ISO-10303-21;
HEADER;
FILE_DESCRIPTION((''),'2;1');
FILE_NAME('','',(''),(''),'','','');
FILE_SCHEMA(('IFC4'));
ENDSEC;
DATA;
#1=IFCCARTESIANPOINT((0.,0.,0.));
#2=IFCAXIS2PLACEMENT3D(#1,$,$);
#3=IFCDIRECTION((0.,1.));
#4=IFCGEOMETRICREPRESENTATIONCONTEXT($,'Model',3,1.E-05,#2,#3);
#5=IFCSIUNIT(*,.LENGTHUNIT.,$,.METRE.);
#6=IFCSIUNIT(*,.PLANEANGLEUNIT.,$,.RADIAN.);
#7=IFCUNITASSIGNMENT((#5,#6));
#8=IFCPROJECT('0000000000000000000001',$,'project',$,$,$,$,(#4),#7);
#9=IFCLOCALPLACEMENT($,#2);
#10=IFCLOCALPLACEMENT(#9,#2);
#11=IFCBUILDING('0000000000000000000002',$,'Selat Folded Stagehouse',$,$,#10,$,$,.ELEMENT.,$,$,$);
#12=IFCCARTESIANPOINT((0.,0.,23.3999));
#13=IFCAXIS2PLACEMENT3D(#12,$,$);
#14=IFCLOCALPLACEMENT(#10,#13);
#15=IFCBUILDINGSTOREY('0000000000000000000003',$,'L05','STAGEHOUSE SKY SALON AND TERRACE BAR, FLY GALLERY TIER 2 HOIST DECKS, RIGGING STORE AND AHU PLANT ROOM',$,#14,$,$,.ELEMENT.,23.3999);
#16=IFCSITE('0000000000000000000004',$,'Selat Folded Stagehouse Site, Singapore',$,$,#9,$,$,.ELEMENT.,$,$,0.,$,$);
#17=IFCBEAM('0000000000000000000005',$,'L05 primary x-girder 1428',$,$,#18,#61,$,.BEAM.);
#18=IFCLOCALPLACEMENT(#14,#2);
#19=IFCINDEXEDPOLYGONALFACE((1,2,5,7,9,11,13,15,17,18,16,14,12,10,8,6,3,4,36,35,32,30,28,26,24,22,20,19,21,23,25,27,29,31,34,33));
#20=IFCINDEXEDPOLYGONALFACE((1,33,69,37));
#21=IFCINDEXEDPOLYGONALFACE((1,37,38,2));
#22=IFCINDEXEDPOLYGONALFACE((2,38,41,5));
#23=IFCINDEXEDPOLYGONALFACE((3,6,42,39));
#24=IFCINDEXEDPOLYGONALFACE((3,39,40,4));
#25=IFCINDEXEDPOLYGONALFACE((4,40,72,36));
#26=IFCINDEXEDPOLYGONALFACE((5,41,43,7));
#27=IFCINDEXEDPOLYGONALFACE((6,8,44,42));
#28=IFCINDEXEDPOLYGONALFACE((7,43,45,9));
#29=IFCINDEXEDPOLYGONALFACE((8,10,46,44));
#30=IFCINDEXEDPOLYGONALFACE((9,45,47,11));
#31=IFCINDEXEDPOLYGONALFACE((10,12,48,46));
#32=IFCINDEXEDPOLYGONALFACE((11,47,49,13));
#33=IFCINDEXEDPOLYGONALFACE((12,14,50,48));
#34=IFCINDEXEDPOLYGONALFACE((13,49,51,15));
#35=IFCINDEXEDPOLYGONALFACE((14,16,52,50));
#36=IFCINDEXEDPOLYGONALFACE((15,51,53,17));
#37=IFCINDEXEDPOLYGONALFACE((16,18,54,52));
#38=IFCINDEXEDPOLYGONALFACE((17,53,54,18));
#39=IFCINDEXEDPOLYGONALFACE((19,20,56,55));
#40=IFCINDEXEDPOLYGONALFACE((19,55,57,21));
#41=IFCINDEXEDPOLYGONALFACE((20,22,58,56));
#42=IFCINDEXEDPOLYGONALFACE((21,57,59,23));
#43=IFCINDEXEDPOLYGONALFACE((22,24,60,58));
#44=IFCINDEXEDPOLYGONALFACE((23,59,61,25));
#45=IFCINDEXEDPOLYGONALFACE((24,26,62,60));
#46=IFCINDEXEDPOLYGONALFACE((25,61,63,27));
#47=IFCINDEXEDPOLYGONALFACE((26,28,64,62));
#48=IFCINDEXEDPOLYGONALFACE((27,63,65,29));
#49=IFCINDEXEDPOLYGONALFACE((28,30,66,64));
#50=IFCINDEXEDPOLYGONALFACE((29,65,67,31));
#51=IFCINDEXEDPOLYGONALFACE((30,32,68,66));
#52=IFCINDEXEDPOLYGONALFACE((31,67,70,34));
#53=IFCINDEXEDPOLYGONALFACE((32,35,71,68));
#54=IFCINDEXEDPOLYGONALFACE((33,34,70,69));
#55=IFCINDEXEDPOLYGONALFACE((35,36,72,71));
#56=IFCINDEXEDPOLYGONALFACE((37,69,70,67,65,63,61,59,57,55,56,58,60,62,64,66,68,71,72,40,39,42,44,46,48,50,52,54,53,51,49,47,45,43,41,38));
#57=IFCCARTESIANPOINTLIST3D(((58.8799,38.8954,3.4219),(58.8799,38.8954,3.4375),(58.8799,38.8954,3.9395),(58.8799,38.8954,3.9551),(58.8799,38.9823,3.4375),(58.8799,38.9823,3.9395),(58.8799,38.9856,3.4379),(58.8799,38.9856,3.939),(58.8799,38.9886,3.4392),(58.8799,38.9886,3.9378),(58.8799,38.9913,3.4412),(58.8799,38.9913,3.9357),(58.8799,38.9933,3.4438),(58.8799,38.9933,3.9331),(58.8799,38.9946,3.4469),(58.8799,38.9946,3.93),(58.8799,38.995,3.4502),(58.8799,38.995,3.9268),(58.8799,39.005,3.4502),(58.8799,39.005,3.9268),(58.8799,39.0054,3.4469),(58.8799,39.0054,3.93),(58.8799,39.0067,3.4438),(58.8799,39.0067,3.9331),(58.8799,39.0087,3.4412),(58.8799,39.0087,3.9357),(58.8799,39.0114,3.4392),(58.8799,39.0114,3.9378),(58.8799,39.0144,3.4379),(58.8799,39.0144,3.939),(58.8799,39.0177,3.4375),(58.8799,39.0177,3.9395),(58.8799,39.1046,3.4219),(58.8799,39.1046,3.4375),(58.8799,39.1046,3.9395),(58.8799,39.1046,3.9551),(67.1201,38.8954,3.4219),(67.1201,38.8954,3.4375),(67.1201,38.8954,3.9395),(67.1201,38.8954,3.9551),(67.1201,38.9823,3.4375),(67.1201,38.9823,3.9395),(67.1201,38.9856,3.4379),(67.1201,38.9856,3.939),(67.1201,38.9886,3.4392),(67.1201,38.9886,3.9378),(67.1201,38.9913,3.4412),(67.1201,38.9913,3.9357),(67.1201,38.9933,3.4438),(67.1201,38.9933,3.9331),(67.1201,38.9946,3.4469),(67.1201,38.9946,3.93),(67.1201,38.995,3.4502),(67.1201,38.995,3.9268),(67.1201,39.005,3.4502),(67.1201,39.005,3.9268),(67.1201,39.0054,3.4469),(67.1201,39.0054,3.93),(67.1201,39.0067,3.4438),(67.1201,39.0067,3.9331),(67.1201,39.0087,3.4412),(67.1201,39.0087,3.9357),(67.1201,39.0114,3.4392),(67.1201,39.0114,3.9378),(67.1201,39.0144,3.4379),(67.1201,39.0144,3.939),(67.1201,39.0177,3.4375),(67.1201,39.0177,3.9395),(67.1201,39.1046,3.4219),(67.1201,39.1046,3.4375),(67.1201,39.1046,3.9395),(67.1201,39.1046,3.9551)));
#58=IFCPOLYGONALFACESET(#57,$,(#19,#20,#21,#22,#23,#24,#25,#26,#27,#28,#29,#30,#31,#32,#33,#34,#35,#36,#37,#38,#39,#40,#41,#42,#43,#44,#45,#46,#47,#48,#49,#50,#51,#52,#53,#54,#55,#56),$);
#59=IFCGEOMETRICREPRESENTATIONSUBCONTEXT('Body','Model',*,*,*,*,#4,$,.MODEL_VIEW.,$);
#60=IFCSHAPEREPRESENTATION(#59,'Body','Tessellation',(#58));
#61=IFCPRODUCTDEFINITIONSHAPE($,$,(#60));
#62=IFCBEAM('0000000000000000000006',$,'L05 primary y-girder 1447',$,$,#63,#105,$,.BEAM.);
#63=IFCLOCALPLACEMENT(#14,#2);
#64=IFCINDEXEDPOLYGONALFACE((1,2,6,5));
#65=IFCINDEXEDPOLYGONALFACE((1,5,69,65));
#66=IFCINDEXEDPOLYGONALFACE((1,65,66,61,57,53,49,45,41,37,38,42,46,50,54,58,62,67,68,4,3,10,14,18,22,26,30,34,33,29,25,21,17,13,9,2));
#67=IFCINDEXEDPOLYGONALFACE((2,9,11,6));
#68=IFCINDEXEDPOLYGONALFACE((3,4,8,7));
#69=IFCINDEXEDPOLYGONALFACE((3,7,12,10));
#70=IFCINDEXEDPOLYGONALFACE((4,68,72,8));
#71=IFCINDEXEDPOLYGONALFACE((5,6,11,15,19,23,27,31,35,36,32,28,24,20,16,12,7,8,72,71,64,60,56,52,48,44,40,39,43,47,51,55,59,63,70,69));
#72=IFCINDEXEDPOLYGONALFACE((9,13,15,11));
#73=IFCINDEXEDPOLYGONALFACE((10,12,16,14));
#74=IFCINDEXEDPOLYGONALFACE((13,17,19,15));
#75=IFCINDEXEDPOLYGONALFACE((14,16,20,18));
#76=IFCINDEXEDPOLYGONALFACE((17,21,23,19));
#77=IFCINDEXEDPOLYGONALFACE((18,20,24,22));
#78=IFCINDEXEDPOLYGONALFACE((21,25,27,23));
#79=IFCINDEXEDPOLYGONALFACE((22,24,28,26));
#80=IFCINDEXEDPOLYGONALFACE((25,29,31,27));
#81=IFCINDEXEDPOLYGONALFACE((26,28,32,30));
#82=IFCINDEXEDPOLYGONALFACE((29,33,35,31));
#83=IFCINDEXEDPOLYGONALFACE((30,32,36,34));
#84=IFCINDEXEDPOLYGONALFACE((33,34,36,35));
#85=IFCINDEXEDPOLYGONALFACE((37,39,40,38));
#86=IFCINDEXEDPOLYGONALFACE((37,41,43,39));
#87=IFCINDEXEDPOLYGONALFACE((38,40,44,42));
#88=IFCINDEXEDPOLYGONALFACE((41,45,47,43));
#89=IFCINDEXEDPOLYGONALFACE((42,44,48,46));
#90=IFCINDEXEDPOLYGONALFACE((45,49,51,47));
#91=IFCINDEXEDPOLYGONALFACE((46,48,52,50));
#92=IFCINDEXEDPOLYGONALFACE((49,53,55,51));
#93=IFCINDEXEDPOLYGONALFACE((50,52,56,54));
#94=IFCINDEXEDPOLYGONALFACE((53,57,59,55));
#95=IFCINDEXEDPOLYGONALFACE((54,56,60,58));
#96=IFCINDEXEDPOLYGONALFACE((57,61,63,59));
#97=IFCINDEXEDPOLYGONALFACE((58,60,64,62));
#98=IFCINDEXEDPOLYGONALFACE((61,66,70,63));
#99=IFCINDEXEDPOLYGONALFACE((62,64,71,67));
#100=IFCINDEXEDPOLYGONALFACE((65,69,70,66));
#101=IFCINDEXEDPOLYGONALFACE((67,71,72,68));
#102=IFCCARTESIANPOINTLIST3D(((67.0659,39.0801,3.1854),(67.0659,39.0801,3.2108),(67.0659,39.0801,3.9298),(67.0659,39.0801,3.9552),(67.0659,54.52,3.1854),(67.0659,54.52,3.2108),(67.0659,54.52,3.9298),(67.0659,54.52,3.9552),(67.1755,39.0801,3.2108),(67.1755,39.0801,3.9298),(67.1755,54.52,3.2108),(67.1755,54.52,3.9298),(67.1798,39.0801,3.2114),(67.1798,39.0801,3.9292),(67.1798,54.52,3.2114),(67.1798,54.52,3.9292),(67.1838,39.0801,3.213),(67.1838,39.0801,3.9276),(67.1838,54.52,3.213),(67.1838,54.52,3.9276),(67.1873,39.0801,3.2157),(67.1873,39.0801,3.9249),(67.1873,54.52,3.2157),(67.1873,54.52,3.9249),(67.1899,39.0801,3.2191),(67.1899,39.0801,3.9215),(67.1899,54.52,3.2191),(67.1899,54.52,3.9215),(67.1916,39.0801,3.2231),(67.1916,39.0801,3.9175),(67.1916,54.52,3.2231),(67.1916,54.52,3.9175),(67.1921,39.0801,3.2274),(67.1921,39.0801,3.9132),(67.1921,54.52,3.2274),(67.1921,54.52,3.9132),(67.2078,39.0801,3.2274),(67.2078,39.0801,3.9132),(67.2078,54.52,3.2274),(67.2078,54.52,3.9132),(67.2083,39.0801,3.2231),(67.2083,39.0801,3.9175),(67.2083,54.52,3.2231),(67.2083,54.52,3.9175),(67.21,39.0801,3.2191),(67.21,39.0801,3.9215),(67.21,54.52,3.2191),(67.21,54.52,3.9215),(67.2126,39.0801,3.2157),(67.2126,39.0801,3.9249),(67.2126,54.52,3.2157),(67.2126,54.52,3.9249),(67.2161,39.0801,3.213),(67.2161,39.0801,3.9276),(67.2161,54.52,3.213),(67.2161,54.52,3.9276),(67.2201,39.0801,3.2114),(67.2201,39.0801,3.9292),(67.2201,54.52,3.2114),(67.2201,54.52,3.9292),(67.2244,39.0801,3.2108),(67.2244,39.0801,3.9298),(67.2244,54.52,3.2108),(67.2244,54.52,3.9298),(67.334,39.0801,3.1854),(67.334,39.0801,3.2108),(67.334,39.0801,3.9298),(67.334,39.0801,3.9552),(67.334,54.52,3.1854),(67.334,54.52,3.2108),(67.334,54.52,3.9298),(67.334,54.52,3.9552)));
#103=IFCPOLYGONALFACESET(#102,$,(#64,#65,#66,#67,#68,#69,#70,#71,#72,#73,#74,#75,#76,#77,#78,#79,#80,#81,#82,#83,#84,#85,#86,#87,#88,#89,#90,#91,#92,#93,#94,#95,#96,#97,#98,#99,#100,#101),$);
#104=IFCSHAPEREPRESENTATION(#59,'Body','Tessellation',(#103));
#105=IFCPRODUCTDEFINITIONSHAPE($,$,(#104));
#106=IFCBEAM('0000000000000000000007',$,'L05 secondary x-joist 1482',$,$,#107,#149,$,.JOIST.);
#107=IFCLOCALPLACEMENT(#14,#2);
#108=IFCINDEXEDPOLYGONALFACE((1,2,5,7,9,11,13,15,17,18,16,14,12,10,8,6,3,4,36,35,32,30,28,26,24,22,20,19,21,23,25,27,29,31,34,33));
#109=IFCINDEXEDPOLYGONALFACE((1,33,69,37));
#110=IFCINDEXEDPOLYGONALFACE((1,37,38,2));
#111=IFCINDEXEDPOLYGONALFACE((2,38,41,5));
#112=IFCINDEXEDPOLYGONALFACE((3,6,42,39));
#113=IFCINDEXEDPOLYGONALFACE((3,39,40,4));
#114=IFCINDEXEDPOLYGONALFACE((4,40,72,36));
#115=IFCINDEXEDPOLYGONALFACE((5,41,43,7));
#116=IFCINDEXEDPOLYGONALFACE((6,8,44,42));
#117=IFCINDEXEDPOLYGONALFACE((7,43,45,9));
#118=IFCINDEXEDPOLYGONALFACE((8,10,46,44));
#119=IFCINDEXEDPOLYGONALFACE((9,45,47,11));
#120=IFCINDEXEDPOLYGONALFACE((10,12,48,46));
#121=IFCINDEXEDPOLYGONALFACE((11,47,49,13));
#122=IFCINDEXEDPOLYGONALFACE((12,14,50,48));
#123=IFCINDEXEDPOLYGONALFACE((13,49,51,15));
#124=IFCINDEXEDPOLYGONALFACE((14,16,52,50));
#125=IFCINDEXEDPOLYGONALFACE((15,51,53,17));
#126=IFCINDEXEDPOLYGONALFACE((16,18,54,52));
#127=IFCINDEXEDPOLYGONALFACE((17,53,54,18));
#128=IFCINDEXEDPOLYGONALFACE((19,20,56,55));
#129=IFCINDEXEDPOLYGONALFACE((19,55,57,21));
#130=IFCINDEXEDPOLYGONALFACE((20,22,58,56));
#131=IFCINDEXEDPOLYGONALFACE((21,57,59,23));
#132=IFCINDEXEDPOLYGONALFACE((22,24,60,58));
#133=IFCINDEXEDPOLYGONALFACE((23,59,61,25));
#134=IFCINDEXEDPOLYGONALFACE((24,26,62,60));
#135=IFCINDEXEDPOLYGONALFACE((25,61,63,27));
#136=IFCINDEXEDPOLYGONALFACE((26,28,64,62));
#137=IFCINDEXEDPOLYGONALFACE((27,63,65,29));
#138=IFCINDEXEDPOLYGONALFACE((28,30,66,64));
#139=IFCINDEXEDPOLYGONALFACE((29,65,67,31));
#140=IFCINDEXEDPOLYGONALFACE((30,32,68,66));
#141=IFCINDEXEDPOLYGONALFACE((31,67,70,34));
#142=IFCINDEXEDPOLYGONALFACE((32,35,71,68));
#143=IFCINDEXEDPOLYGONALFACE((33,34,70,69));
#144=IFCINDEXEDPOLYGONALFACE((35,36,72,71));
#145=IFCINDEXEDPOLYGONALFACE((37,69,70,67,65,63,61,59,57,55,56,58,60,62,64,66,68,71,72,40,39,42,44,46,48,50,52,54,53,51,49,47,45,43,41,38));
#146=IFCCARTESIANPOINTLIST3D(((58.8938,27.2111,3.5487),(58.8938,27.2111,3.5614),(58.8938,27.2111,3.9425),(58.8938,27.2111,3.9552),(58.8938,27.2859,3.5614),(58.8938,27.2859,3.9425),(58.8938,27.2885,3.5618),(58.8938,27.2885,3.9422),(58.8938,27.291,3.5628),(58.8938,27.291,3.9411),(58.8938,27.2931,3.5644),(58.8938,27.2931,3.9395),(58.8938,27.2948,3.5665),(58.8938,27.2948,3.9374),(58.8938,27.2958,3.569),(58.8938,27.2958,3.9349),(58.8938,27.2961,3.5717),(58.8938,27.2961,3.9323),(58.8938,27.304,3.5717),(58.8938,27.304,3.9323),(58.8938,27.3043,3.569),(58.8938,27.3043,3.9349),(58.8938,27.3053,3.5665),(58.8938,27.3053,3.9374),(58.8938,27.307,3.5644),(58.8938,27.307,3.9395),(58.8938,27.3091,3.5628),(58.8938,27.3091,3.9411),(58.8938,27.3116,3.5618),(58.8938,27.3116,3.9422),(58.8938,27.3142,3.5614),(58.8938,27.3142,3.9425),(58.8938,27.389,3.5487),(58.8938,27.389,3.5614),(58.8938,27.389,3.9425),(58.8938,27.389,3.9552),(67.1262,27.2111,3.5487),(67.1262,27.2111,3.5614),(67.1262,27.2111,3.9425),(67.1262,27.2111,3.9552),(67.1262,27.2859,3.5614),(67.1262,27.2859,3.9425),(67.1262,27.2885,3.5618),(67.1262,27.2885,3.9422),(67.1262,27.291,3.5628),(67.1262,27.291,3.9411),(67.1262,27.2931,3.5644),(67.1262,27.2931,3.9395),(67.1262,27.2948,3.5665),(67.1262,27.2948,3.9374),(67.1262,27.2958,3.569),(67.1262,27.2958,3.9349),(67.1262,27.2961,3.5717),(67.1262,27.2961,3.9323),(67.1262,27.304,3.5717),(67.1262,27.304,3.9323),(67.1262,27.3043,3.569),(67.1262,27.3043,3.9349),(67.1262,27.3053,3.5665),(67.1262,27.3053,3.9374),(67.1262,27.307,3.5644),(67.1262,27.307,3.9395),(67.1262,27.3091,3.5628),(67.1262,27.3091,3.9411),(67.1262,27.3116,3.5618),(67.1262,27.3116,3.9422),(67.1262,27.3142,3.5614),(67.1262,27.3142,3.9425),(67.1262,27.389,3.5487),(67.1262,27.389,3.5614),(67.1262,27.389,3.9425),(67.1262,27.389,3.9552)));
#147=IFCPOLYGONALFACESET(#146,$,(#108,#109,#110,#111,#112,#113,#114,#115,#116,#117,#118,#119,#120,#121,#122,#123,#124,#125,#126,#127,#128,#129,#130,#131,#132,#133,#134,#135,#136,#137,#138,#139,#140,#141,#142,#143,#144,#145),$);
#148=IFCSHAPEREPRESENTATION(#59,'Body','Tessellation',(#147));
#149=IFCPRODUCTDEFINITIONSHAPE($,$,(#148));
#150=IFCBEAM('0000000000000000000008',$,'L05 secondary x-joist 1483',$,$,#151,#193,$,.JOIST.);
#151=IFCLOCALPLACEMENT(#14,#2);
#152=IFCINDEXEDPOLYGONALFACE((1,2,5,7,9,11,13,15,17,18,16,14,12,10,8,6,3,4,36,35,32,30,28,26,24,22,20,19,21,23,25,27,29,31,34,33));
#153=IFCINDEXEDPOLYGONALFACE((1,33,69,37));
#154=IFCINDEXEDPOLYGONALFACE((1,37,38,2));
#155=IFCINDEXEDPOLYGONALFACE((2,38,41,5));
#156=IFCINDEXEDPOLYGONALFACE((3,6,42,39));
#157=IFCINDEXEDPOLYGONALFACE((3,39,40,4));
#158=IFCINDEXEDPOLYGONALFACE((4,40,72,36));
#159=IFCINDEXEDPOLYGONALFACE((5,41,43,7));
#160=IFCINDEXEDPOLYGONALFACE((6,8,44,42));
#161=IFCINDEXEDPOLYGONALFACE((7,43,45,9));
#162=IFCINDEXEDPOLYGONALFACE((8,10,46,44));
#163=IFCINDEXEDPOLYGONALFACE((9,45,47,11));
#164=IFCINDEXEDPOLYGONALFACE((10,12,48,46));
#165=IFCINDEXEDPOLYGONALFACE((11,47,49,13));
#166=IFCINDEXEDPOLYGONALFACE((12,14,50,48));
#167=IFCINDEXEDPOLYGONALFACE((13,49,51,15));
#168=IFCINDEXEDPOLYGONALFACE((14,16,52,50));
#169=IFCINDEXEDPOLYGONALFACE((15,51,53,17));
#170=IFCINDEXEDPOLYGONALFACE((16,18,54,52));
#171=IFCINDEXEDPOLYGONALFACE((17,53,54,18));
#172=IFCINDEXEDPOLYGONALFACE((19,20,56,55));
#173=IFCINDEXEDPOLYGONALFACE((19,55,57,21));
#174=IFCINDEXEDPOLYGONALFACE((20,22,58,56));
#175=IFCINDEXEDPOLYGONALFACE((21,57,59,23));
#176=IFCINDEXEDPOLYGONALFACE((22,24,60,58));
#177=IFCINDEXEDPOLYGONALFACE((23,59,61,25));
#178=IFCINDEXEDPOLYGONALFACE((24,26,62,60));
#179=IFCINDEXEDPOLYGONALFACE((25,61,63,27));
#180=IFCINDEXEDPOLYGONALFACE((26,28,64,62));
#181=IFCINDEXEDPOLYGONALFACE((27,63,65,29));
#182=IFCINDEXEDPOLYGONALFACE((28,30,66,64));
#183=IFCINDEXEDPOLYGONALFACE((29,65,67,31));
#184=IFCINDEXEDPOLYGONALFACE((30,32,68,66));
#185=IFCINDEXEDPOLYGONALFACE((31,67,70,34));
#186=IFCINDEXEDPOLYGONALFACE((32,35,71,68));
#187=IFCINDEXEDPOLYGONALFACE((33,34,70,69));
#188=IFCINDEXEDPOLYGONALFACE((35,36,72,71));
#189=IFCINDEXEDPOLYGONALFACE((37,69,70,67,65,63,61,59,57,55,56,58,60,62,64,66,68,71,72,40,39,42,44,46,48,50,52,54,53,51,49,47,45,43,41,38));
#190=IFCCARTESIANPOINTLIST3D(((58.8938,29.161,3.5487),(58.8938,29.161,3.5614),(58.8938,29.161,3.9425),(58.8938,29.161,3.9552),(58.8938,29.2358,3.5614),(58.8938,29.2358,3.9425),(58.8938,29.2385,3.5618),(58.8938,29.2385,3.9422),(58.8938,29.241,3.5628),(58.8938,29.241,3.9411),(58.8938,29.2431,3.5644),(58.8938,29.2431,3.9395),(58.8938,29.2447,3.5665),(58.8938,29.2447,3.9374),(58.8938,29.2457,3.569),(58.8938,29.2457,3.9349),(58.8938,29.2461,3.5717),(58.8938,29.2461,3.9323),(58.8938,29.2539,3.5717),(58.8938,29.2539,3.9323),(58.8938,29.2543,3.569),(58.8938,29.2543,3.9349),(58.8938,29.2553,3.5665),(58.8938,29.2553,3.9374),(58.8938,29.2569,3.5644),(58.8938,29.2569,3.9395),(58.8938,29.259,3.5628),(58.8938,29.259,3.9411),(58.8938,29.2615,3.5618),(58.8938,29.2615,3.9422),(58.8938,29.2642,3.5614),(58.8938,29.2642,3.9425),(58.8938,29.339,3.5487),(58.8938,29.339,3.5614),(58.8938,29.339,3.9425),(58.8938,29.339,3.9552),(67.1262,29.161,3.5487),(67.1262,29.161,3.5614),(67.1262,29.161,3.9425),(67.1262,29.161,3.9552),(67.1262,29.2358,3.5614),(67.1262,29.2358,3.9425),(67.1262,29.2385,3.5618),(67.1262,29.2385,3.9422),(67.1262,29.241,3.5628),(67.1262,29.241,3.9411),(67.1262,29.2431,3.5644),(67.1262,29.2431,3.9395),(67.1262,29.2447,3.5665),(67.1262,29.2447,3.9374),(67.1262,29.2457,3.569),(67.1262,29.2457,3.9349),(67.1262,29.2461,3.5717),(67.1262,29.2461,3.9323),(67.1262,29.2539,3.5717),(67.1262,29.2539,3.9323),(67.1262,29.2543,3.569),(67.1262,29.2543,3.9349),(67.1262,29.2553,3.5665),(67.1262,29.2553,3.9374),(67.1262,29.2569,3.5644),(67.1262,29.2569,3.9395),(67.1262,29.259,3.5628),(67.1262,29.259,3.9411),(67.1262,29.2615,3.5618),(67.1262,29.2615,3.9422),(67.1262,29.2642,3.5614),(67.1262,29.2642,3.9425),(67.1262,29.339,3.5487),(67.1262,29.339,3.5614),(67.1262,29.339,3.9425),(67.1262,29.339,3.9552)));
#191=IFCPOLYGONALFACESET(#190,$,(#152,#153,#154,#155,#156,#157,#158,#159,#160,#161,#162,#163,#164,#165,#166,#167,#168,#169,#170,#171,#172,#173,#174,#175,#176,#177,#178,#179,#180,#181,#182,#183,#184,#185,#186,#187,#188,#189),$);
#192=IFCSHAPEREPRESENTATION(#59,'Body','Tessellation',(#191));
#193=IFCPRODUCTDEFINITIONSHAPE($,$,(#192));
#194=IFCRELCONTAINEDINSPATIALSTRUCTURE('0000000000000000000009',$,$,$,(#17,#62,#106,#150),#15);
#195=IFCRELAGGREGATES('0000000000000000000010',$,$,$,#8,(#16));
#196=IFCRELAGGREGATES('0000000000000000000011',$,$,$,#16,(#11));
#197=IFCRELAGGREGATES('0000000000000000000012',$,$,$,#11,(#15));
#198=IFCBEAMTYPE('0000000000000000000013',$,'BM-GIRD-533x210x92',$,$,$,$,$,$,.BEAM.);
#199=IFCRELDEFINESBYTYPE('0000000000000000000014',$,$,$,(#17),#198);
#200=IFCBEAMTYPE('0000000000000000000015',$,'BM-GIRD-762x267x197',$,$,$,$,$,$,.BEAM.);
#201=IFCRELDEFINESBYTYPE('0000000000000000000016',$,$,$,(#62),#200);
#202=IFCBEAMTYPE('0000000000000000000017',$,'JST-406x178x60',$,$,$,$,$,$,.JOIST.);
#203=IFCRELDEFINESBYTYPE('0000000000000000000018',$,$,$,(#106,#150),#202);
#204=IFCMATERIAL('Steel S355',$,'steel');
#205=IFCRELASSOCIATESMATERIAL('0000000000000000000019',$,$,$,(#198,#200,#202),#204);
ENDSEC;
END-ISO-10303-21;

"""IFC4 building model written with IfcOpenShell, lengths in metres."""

from ifc_helpers import new_model, si_unit, direction, frame, origin, origin_2d, place, context, subcontext, project, spatial, i_section, extrude, material, material_profile, profile_set, type_object, element, save


model = new_model("IFC4")

# Units and contexts
model_context = context("Model", 3, precision=1e-05, world=origin(), true_north=direction((0.0, 1.0)))
body_context = subcontext(model_context, "Body", "Model", "MODEL_VIEW")
ifc_project = project(units=[si_unit("LENGTHUNIT", "METRE"), si_unit("PLANEANGLEUNIT", "RADIAN")], contexts=[model_context])

# Site, building, storey
site_placement = place(None, origin())
site = spatial("IfcSite", under=ifc_project, at=site_placement, Name="Selat Folded Stagehouse Site, Singapore", CompositionType="ELEMENT", RefElevation=0.0)
building_placement = place(site_placement, origin())
building = spatial("IfcBuilding", under=site, at=building_placement, Name="Selat Folded Stagehouse", CompositionType="ELEMENT")
storey_placement = place(building_placement, frame((0.0, 0.0, 23.3999)))
storey = spatial("IfcBuildingStorey", under=building, at=storey_placement, Name="L05", Description="STAGEHOUSE SKY SALON AND TERRACE BAR, FLY GALLERY TIER 2 HOIST DECKS, RIGGING STORE AND AHU PLANT ROOM", CompositionType="ELEMENT", Elevation=23.3999)

# Shared definitions
ifc_material_1 = material(Name="Steel S355", Category="steel")

# Beams
ifc_material_profile_1 = material_profile(ifc_material_1, i_section(OverallWidth=0.2092, OverallDepth=0.5332, WebThickness=0.01, FlangeThickness=0.0156, FilletRadius=0.0127, at=origin_2d()), Name="UKB 533x210x92")
ifc_profile_set_1 = profile_set([ifc_material_profile_1], Name="Steel S355")
beam_type_1 = type_object("IfcBeamType", Name="BM-GIRD-533x210x92", PredefinedType="BEAM", material=ifc_profile_set_1)
beam_1_placement = place(storey_placement, frame((58.8799, 39.0, 3.6885), z_axis=(1.0, 0.0, 0.0), x_axis=(0.0, 1.0, 0.0)))
element("IfcBeam", 1, at=beam_1_placement, inside=storey, type_object=beam_type_1, Name="L05 primary x-girder 1428", PredefinedType="BEAM", context=body_context, shape_type="SweptSolid", body=[
    extrude(i_section(OverallWidth=0.2092, OverallDepth=0.5332, WebThickness=0.01, FlangeThickness=0.0156, FilletRadius=0.0127, at=origin_2d()), origin(), (0.0, 0.0, 1.0), 8.2402),
])
ifc_material_profile_2 = material_profile(ifc_material_1, i_section(OverallWidth=0.2681, OverallDepth=0.7698, WebThickness=0.0156, FlangeThickness=0.0254, FilletRadius=0.0166, at=origin_2d()), Name="UKB 762x267x197")
ifc_profile_set_2 = profile_set([ifc_material_profile_2], Name="Steel S355")
beam_type_2 = type_object("IfcBeamType", Name="BM-GIRD-762x267x197", PredefinedType="BEAM", material=ifc_profile_set_2)
beam_2_placement = place(storey_placement, frame((67.2, 39.0801, 3.5703), z_axis=(0.0, 1.0, 0.0), x_axis=(-1.0, 0.0, 0.0)))
element("IfcBeam", 2, at=beam_2_placement, inside=storey, type_object=beam_type_2, Name="L05 primary y-girder 1447", PredefinedType="BEAM", context=body_context, shape_type="SweptSolid", body=[
    extrude(i_section(OverallWidth=0.2681, OverallDepth=0.7698, WebThickness=0.0156, FlangeThickness=0.0254, FilletRadius=0.0166, at=origin_2d()), origin(), (0.0, 0.0, 1.0), 15.4399),
])
ifc_material_profile_3 = material_profile(ifc_material_1, i_section(OverallWidth=0.178, OverallDepth=0.4065, WebThickness=0.0078, FlangeThickness=0.0127, FilletRadius=0.0103, at=origin_2d()), Name="UKB 406x178x60")
ifc_profile_set_3 = profile_set([ifc_material_profile_3], Name="Steel S355")
beam_type_3 = type_object("IfcBeamType", Name="JST-406x178x60", PredefinedType="JOIST", material=ifc_profile_set_3)
for number, where, z_axis, x_axis, name in (
    (3, (58.8938, 27.3, 3.752), (1.0, 0.0, 0.0), (0.0, 1.0, 0.0), "L05 secondary x-joist 1482"),
    (4, (58.8938, 29.25, 3.752), (1.0, 0.0, 0.0), (0.0, 1.0, 0.0), "L05 secondary x-joist 1483"),
):
    element("IfcBeam", number, at=place(storey_placement, frame(where, z_axis=z_axis, x_axis=x_axis)), inside=storey, type_object=beam_type_3, Name=name, PredefinedType="JOIST", context=body_context, shape_type="SweptSolid", body=[
        extrude(i_section(OverallWidth=0.178, OverallDepth=0.4065, WebThickness=0.0078, FlangeThickness=0.0127, FilletRadius=0.0103, at=origin_2d()), origin(), (0.0, 0.0, 1.0), 8.2324),
    ])

save(model, "model.ifc")
